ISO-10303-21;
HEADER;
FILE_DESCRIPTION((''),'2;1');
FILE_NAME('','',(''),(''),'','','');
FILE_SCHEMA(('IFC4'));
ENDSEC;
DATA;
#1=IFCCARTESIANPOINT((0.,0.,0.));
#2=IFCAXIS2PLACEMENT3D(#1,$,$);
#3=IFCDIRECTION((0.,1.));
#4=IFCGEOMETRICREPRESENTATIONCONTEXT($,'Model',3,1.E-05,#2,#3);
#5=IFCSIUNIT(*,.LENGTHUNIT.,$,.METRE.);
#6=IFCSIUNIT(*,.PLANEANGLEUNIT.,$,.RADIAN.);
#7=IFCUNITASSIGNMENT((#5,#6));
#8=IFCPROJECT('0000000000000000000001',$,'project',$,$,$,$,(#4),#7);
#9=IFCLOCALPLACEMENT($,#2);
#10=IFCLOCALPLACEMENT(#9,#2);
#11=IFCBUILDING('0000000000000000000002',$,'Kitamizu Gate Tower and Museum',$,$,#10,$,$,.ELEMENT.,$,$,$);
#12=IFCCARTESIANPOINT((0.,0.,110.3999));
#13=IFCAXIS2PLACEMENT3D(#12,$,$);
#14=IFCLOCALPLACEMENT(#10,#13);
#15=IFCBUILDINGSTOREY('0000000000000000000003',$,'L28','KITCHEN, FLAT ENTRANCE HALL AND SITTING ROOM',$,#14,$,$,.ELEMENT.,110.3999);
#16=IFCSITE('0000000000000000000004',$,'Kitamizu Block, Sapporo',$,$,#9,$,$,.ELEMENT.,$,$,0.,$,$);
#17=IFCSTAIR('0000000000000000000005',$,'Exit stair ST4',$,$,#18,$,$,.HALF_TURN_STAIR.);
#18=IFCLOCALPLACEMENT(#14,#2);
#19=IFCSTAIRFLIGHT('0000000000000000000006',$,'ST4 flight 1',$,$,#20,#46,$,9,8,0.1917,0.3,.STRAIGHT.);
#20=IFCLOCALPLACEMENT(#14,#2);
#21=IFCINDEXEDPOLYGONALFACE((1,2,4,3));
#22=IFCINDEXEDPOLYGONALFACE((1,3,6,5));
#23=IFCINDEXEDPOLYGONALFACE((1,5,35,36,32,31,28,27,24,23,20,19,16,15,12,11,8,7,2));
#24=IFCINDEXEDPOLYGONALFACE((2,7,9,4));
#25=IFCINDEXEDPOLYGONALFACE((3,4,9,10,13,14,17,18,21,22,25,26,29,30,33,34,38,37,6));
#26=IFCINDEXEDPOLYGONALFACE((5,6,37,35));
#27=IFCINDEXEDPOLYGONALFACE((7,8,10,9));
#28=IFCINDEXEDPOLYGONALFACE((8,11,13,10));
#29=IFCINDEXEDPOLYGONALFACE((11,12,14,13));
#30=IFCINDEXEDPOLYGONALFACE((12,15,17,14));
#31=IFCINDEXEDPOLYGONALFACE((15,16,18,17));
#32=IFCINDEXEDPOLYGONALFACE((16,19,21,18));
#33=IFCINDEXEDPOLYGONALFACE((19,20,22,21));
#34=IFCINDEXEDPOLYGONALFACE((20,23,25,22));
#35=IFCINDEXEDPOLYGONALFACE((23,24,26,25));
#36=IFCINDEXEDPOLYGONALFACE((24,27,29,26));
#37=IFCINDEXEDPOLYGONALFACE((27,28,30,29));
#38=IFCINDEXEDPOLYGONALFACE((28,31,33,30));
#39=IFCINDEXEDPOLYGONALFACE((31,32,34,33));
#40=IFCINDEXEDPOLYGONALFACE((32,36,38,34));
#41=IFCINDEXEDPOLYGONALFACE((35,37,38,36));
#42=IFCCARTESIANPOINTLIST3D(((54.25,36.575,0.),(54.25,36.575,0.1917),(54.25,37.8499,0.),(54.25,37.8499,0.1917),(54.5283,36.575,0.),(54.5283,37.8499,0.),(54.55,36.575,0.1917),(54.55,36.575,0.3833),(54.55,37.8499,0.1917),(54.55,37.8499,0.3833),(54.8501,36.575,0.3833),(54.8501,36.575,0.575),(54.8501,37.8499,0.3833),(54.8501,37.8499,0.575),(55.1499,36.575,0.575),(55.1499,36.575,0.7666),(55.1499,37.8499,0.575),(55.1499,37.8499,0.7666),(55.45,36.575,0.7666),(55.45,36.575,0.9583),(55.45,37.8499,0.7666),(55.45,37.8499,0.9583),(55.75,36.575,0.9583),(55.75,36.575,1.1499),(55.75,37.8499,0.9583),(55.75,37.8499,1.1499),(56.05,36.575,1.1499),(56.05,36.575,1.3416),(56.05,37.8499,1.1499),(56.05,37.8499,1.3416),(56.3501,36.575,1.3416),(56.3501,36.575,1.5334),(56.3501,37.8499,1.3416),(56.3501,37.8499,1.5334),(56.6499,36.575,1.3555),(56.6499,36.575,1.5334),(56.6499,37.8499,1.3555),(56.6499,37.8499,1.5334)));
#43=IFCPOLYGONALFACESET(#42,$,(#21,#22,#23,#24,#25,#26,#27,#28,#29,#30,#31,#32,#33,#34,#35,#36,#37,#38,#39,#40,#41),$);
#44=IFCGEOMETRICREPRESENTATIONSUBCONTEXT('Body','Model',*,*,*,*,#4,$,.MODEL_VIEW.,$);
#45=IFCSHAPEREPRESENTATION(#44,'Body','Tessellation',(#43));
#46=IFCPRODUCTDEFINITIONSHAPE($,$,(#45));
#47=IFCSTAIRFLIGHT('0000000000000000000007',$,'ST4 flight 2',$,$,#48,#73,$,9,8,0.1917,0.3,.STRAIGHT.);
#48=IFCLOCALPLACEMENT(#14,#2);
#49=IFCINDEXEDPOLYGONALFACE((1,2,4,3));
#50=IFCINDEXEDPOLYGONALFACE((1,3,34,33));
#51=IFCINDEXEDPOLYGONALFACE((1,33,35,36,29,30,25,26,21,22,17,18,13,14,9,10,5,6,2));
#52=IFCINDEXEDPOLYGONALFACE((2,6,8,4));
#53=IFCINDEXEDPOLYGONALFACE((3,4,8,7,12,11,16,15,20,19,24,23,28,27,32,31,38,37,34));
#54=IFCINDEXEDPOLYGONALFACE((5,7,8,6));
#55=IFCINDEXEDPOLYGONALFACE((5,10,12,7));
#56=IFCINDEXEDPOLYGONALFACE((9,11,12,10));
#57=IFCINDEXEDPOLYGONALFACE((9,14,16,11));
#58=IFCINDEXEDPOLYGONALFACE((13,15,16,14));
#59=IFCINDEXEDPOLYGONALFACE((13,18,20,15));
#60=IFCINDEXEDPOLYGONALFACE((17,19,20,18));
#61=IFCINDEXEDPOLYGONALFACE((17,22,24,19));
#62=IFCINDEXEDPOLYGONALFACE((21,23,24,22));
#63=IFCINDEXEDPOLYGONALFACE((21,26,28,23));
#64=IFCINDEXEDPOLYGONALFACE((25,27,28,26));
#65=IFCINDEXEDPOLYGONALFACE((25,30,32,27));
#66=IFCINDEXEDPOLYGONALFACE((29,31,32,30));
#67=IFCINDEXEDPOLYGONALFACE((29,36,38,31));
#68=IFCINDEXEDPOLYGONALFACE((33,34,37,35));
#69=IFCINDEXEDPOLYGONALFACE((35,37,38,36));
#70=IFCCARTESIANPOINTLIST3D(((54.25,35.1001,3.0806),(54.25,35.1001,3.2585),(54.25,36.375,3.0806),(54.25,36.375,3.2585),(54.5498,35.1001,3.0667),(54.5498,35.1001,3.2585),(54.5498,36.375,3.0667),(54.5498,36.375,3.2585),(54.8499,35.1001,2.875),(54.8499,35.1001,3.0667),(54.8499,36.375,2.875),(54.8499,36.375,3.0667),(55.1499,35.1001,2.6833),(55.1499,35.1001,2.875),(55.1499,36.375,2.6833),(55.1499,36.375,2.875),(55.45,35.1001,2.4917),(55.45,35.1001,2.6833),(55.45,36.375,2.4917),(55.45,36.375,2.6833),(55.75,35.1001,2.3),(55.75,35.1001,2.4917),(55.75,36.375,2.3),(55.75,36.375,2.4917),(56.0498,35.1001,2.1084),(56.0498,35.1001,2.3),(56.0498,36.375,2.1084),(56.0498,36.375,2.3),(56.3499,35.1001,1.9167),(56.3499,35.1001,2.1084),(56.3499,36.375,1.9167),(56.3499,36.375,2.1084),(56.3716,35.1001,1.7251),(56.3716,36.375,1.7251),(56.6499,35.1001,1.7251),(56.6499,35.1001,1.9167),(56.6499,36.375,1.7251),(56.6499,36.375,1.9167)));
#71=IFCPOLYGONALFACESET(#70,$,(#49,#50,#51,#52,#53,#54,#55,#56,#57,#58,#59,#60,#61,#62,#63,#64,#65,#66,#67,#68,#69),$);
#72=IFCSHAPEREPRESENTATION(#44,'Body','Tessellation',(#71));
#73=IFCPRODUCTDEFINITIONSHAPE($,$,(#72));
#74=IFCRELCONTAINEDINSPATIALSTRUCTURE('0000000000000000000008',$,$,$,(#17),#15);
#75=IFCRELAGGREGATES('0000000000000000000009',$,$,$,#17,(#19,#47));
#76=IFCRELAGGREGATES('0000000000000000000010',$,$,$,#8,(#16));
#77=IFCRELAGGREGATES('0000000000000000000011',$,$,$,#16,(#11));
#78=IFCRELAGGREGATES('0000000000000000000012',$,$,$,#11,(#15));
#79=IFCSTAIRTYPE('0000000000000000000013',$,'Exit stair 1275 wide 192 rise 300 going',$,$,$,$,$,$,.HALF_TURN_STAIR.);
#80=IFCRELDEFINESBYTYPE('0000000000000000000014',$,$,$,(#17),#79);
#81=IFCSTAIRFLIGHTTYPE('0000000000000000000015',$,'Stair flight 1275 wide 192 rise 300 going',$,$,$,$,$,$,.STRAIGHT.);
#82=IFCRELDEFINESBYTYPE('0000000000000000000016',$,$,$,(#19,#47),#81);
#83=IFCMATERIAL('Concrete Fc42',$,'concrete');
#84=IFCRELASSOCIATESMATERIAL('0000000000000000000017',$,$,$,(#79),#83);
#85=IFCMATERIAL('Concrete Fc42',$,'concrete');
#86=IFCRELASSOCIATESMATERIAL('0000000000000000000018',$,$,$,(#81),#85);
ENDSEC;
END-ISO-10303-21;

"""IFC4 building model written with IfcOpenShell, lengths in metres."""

from ifc_helpers import new_model, si_unit, direction, frame, origin, place, context, subcontext, project, spatial, polyline, outline, extrude, material, type_object, element, aggregate, save


model = new_model("IFC4")

# Units and contexts
model_context = context("Model", 3, precision=1e-05, world=origin(), true_north=direction((0.0, 1.0)))
body_context = subcontext(model_context, "Body", "Model", "MODEL_VIEW")
ifc_project = project(units=[si_unit("LENGTHUNIT", "METRE"), si_unit("PLANEANGLEUNIT", "RADIAN")], contexts=[model_context])

# Site, building, storey
site_placement = place(None, origin())
site = spatial("IfcSite", under=ifc_project, at=site_placement, Name="Kitamizu Block, Sapporo", CompositionType="ELEMENT", RefElevation=0.0)
building_placement = place(site_placement, origin())
building = spatial("IfcBuilding", under=site, at=building_placement, Name="Kitamizu Gate Tower and Museum", CompositionType="ELEMENT")
storey_placement = place(building_placement, frame((0.0, 0.0, 110.3999)))
storey = spatial("IfcBuildingStorey", under=building, at=storey_placement, Name="L28", Description="KITCHEN, FLAT ENTRANCE HALL AND SITTING ROOM", CompositionType="ELEMENT", Elevation=110.3999)

# Stair, stair flights
ifc_material_1 = material(Name="Concrete Fc42", Category="concrete")
stair_type = type_object("IfcStairType", Name="Exit stair 1275 wide 192 rise 300 going", PredefinedType="HALF_TURN_STAIR", material=ifc_material_1)
stair_placement = place(storey_placement, origin())
stair = element("IfcStair", 1, at=stair_placement, inside=storey, type_object=stair_type, Name="Exit stair ST4", PredefinedType="HALF_TURN_STAIR")
ifc_material_2 = material(Name="Concrete Fc42", Category="concrete")
stair_flight_type = type_object("IfcStairFlightType", Name="Stair flight 1275 wide 192 rise 300 going", PredefinedType="STRAIGHT", material=ifc_material_2)
stair_flight_1_placement = place(storey_placement, frame((54.25, 37.2124, 0.0), z_axis=(0.0, 0.0, 1.0), x_axis=(1.0, 0.0, 0.0)))
stair_flight_1 = element("IfcStairFlight", 2, at=stair_flight_1_placement, type_object=stair_flight_type, Name="ST4 flight 1", NumberOfRisers=9, NumberOfTreads=8, PredefinedType="STRAIGHT", RiserHeight=0.1917, TreadLength=0.3, context=body_context, shape_type="SweptSolid", body=[
    extrude(outline(polyline([(0.0, 0.0), (0.0, 0.1917), (0.3, 0.1917), (0.3, 0.3833), (0.6001, 0.3833), (0.6001, 0.575), (0.8999, 0.575), (0.8999, 0.7666), (1.2, 0.7666), (1.2, 0.9583), (1.5, 0.9583), (1.5, 1.1499), (1.8, 1.1499), (1.8, 1.3416), (2.1001, 1.3416), (2.1001, 1.5334), (2.3999, 1.5334), (2.3999, 1.7251), (2.3999, 1.3555), (0.2783, 0.0), (0.0, 0.0)])), frame((0.0, 0.6375, 0.0), z_axis=(0.0, -1.0, 0.0), x_axis=(1.0, 0.0, 0.0)), (0.0, 0.0, 1.0), 1.2749),
])
stair_flight_2_placement = place(storey_placement, frame((56.6499, 35.7375, 1.7251), z_axis=(0.0, 0.0, 1.0), x_axis=(-1.0, 0.0, 0.0)))
stair_flight_2 = element("IfcStairFlight", 3, at=stair_flight_2_placement, type_object=stair_flight_type, Name="ST4 flight 2", NumberOfRisers=9, NumberOfTreads=8, PredefinedType="STRAIGHT", RiserHeight=0.1917, TreadLength=0.3, context=body_context, shape_type="SweptSolid", body=[
    extrude(outline(polyline([(0.0, 0.0), (0.0, 0.1917), (0.3, 0.1917), (0.3, 0.3833), (0.6001, 0.3833), (0.6001, 0.575), (0.8999, 0.575), (0.8999, 0.7666), (1.2, 0.7666), (1.2, 0.9583), (1.5, 0.9583), (1.5, 1.1499), (1.8, 1.1499), (1.8, 1.3416), (2.1001, 1.3416), (2.1001, 1.5334), (2.3999, 1.5334), (2.3999, 1.7251), (2.3999, 1.3555), (0.2783, 0.0), (0.0, 0.0)])), frame((0.0, 0.6375, 0.0), z_axis=(0.0, -1.0, 0.0), x_axis=(1.0, 0.0, 0.0)), (0.0, 0.0, 1.0), 1.2749),
])
aggregate(stair, [stair_flight_1, stair_flight_2])

save(model, "model.ifc")
